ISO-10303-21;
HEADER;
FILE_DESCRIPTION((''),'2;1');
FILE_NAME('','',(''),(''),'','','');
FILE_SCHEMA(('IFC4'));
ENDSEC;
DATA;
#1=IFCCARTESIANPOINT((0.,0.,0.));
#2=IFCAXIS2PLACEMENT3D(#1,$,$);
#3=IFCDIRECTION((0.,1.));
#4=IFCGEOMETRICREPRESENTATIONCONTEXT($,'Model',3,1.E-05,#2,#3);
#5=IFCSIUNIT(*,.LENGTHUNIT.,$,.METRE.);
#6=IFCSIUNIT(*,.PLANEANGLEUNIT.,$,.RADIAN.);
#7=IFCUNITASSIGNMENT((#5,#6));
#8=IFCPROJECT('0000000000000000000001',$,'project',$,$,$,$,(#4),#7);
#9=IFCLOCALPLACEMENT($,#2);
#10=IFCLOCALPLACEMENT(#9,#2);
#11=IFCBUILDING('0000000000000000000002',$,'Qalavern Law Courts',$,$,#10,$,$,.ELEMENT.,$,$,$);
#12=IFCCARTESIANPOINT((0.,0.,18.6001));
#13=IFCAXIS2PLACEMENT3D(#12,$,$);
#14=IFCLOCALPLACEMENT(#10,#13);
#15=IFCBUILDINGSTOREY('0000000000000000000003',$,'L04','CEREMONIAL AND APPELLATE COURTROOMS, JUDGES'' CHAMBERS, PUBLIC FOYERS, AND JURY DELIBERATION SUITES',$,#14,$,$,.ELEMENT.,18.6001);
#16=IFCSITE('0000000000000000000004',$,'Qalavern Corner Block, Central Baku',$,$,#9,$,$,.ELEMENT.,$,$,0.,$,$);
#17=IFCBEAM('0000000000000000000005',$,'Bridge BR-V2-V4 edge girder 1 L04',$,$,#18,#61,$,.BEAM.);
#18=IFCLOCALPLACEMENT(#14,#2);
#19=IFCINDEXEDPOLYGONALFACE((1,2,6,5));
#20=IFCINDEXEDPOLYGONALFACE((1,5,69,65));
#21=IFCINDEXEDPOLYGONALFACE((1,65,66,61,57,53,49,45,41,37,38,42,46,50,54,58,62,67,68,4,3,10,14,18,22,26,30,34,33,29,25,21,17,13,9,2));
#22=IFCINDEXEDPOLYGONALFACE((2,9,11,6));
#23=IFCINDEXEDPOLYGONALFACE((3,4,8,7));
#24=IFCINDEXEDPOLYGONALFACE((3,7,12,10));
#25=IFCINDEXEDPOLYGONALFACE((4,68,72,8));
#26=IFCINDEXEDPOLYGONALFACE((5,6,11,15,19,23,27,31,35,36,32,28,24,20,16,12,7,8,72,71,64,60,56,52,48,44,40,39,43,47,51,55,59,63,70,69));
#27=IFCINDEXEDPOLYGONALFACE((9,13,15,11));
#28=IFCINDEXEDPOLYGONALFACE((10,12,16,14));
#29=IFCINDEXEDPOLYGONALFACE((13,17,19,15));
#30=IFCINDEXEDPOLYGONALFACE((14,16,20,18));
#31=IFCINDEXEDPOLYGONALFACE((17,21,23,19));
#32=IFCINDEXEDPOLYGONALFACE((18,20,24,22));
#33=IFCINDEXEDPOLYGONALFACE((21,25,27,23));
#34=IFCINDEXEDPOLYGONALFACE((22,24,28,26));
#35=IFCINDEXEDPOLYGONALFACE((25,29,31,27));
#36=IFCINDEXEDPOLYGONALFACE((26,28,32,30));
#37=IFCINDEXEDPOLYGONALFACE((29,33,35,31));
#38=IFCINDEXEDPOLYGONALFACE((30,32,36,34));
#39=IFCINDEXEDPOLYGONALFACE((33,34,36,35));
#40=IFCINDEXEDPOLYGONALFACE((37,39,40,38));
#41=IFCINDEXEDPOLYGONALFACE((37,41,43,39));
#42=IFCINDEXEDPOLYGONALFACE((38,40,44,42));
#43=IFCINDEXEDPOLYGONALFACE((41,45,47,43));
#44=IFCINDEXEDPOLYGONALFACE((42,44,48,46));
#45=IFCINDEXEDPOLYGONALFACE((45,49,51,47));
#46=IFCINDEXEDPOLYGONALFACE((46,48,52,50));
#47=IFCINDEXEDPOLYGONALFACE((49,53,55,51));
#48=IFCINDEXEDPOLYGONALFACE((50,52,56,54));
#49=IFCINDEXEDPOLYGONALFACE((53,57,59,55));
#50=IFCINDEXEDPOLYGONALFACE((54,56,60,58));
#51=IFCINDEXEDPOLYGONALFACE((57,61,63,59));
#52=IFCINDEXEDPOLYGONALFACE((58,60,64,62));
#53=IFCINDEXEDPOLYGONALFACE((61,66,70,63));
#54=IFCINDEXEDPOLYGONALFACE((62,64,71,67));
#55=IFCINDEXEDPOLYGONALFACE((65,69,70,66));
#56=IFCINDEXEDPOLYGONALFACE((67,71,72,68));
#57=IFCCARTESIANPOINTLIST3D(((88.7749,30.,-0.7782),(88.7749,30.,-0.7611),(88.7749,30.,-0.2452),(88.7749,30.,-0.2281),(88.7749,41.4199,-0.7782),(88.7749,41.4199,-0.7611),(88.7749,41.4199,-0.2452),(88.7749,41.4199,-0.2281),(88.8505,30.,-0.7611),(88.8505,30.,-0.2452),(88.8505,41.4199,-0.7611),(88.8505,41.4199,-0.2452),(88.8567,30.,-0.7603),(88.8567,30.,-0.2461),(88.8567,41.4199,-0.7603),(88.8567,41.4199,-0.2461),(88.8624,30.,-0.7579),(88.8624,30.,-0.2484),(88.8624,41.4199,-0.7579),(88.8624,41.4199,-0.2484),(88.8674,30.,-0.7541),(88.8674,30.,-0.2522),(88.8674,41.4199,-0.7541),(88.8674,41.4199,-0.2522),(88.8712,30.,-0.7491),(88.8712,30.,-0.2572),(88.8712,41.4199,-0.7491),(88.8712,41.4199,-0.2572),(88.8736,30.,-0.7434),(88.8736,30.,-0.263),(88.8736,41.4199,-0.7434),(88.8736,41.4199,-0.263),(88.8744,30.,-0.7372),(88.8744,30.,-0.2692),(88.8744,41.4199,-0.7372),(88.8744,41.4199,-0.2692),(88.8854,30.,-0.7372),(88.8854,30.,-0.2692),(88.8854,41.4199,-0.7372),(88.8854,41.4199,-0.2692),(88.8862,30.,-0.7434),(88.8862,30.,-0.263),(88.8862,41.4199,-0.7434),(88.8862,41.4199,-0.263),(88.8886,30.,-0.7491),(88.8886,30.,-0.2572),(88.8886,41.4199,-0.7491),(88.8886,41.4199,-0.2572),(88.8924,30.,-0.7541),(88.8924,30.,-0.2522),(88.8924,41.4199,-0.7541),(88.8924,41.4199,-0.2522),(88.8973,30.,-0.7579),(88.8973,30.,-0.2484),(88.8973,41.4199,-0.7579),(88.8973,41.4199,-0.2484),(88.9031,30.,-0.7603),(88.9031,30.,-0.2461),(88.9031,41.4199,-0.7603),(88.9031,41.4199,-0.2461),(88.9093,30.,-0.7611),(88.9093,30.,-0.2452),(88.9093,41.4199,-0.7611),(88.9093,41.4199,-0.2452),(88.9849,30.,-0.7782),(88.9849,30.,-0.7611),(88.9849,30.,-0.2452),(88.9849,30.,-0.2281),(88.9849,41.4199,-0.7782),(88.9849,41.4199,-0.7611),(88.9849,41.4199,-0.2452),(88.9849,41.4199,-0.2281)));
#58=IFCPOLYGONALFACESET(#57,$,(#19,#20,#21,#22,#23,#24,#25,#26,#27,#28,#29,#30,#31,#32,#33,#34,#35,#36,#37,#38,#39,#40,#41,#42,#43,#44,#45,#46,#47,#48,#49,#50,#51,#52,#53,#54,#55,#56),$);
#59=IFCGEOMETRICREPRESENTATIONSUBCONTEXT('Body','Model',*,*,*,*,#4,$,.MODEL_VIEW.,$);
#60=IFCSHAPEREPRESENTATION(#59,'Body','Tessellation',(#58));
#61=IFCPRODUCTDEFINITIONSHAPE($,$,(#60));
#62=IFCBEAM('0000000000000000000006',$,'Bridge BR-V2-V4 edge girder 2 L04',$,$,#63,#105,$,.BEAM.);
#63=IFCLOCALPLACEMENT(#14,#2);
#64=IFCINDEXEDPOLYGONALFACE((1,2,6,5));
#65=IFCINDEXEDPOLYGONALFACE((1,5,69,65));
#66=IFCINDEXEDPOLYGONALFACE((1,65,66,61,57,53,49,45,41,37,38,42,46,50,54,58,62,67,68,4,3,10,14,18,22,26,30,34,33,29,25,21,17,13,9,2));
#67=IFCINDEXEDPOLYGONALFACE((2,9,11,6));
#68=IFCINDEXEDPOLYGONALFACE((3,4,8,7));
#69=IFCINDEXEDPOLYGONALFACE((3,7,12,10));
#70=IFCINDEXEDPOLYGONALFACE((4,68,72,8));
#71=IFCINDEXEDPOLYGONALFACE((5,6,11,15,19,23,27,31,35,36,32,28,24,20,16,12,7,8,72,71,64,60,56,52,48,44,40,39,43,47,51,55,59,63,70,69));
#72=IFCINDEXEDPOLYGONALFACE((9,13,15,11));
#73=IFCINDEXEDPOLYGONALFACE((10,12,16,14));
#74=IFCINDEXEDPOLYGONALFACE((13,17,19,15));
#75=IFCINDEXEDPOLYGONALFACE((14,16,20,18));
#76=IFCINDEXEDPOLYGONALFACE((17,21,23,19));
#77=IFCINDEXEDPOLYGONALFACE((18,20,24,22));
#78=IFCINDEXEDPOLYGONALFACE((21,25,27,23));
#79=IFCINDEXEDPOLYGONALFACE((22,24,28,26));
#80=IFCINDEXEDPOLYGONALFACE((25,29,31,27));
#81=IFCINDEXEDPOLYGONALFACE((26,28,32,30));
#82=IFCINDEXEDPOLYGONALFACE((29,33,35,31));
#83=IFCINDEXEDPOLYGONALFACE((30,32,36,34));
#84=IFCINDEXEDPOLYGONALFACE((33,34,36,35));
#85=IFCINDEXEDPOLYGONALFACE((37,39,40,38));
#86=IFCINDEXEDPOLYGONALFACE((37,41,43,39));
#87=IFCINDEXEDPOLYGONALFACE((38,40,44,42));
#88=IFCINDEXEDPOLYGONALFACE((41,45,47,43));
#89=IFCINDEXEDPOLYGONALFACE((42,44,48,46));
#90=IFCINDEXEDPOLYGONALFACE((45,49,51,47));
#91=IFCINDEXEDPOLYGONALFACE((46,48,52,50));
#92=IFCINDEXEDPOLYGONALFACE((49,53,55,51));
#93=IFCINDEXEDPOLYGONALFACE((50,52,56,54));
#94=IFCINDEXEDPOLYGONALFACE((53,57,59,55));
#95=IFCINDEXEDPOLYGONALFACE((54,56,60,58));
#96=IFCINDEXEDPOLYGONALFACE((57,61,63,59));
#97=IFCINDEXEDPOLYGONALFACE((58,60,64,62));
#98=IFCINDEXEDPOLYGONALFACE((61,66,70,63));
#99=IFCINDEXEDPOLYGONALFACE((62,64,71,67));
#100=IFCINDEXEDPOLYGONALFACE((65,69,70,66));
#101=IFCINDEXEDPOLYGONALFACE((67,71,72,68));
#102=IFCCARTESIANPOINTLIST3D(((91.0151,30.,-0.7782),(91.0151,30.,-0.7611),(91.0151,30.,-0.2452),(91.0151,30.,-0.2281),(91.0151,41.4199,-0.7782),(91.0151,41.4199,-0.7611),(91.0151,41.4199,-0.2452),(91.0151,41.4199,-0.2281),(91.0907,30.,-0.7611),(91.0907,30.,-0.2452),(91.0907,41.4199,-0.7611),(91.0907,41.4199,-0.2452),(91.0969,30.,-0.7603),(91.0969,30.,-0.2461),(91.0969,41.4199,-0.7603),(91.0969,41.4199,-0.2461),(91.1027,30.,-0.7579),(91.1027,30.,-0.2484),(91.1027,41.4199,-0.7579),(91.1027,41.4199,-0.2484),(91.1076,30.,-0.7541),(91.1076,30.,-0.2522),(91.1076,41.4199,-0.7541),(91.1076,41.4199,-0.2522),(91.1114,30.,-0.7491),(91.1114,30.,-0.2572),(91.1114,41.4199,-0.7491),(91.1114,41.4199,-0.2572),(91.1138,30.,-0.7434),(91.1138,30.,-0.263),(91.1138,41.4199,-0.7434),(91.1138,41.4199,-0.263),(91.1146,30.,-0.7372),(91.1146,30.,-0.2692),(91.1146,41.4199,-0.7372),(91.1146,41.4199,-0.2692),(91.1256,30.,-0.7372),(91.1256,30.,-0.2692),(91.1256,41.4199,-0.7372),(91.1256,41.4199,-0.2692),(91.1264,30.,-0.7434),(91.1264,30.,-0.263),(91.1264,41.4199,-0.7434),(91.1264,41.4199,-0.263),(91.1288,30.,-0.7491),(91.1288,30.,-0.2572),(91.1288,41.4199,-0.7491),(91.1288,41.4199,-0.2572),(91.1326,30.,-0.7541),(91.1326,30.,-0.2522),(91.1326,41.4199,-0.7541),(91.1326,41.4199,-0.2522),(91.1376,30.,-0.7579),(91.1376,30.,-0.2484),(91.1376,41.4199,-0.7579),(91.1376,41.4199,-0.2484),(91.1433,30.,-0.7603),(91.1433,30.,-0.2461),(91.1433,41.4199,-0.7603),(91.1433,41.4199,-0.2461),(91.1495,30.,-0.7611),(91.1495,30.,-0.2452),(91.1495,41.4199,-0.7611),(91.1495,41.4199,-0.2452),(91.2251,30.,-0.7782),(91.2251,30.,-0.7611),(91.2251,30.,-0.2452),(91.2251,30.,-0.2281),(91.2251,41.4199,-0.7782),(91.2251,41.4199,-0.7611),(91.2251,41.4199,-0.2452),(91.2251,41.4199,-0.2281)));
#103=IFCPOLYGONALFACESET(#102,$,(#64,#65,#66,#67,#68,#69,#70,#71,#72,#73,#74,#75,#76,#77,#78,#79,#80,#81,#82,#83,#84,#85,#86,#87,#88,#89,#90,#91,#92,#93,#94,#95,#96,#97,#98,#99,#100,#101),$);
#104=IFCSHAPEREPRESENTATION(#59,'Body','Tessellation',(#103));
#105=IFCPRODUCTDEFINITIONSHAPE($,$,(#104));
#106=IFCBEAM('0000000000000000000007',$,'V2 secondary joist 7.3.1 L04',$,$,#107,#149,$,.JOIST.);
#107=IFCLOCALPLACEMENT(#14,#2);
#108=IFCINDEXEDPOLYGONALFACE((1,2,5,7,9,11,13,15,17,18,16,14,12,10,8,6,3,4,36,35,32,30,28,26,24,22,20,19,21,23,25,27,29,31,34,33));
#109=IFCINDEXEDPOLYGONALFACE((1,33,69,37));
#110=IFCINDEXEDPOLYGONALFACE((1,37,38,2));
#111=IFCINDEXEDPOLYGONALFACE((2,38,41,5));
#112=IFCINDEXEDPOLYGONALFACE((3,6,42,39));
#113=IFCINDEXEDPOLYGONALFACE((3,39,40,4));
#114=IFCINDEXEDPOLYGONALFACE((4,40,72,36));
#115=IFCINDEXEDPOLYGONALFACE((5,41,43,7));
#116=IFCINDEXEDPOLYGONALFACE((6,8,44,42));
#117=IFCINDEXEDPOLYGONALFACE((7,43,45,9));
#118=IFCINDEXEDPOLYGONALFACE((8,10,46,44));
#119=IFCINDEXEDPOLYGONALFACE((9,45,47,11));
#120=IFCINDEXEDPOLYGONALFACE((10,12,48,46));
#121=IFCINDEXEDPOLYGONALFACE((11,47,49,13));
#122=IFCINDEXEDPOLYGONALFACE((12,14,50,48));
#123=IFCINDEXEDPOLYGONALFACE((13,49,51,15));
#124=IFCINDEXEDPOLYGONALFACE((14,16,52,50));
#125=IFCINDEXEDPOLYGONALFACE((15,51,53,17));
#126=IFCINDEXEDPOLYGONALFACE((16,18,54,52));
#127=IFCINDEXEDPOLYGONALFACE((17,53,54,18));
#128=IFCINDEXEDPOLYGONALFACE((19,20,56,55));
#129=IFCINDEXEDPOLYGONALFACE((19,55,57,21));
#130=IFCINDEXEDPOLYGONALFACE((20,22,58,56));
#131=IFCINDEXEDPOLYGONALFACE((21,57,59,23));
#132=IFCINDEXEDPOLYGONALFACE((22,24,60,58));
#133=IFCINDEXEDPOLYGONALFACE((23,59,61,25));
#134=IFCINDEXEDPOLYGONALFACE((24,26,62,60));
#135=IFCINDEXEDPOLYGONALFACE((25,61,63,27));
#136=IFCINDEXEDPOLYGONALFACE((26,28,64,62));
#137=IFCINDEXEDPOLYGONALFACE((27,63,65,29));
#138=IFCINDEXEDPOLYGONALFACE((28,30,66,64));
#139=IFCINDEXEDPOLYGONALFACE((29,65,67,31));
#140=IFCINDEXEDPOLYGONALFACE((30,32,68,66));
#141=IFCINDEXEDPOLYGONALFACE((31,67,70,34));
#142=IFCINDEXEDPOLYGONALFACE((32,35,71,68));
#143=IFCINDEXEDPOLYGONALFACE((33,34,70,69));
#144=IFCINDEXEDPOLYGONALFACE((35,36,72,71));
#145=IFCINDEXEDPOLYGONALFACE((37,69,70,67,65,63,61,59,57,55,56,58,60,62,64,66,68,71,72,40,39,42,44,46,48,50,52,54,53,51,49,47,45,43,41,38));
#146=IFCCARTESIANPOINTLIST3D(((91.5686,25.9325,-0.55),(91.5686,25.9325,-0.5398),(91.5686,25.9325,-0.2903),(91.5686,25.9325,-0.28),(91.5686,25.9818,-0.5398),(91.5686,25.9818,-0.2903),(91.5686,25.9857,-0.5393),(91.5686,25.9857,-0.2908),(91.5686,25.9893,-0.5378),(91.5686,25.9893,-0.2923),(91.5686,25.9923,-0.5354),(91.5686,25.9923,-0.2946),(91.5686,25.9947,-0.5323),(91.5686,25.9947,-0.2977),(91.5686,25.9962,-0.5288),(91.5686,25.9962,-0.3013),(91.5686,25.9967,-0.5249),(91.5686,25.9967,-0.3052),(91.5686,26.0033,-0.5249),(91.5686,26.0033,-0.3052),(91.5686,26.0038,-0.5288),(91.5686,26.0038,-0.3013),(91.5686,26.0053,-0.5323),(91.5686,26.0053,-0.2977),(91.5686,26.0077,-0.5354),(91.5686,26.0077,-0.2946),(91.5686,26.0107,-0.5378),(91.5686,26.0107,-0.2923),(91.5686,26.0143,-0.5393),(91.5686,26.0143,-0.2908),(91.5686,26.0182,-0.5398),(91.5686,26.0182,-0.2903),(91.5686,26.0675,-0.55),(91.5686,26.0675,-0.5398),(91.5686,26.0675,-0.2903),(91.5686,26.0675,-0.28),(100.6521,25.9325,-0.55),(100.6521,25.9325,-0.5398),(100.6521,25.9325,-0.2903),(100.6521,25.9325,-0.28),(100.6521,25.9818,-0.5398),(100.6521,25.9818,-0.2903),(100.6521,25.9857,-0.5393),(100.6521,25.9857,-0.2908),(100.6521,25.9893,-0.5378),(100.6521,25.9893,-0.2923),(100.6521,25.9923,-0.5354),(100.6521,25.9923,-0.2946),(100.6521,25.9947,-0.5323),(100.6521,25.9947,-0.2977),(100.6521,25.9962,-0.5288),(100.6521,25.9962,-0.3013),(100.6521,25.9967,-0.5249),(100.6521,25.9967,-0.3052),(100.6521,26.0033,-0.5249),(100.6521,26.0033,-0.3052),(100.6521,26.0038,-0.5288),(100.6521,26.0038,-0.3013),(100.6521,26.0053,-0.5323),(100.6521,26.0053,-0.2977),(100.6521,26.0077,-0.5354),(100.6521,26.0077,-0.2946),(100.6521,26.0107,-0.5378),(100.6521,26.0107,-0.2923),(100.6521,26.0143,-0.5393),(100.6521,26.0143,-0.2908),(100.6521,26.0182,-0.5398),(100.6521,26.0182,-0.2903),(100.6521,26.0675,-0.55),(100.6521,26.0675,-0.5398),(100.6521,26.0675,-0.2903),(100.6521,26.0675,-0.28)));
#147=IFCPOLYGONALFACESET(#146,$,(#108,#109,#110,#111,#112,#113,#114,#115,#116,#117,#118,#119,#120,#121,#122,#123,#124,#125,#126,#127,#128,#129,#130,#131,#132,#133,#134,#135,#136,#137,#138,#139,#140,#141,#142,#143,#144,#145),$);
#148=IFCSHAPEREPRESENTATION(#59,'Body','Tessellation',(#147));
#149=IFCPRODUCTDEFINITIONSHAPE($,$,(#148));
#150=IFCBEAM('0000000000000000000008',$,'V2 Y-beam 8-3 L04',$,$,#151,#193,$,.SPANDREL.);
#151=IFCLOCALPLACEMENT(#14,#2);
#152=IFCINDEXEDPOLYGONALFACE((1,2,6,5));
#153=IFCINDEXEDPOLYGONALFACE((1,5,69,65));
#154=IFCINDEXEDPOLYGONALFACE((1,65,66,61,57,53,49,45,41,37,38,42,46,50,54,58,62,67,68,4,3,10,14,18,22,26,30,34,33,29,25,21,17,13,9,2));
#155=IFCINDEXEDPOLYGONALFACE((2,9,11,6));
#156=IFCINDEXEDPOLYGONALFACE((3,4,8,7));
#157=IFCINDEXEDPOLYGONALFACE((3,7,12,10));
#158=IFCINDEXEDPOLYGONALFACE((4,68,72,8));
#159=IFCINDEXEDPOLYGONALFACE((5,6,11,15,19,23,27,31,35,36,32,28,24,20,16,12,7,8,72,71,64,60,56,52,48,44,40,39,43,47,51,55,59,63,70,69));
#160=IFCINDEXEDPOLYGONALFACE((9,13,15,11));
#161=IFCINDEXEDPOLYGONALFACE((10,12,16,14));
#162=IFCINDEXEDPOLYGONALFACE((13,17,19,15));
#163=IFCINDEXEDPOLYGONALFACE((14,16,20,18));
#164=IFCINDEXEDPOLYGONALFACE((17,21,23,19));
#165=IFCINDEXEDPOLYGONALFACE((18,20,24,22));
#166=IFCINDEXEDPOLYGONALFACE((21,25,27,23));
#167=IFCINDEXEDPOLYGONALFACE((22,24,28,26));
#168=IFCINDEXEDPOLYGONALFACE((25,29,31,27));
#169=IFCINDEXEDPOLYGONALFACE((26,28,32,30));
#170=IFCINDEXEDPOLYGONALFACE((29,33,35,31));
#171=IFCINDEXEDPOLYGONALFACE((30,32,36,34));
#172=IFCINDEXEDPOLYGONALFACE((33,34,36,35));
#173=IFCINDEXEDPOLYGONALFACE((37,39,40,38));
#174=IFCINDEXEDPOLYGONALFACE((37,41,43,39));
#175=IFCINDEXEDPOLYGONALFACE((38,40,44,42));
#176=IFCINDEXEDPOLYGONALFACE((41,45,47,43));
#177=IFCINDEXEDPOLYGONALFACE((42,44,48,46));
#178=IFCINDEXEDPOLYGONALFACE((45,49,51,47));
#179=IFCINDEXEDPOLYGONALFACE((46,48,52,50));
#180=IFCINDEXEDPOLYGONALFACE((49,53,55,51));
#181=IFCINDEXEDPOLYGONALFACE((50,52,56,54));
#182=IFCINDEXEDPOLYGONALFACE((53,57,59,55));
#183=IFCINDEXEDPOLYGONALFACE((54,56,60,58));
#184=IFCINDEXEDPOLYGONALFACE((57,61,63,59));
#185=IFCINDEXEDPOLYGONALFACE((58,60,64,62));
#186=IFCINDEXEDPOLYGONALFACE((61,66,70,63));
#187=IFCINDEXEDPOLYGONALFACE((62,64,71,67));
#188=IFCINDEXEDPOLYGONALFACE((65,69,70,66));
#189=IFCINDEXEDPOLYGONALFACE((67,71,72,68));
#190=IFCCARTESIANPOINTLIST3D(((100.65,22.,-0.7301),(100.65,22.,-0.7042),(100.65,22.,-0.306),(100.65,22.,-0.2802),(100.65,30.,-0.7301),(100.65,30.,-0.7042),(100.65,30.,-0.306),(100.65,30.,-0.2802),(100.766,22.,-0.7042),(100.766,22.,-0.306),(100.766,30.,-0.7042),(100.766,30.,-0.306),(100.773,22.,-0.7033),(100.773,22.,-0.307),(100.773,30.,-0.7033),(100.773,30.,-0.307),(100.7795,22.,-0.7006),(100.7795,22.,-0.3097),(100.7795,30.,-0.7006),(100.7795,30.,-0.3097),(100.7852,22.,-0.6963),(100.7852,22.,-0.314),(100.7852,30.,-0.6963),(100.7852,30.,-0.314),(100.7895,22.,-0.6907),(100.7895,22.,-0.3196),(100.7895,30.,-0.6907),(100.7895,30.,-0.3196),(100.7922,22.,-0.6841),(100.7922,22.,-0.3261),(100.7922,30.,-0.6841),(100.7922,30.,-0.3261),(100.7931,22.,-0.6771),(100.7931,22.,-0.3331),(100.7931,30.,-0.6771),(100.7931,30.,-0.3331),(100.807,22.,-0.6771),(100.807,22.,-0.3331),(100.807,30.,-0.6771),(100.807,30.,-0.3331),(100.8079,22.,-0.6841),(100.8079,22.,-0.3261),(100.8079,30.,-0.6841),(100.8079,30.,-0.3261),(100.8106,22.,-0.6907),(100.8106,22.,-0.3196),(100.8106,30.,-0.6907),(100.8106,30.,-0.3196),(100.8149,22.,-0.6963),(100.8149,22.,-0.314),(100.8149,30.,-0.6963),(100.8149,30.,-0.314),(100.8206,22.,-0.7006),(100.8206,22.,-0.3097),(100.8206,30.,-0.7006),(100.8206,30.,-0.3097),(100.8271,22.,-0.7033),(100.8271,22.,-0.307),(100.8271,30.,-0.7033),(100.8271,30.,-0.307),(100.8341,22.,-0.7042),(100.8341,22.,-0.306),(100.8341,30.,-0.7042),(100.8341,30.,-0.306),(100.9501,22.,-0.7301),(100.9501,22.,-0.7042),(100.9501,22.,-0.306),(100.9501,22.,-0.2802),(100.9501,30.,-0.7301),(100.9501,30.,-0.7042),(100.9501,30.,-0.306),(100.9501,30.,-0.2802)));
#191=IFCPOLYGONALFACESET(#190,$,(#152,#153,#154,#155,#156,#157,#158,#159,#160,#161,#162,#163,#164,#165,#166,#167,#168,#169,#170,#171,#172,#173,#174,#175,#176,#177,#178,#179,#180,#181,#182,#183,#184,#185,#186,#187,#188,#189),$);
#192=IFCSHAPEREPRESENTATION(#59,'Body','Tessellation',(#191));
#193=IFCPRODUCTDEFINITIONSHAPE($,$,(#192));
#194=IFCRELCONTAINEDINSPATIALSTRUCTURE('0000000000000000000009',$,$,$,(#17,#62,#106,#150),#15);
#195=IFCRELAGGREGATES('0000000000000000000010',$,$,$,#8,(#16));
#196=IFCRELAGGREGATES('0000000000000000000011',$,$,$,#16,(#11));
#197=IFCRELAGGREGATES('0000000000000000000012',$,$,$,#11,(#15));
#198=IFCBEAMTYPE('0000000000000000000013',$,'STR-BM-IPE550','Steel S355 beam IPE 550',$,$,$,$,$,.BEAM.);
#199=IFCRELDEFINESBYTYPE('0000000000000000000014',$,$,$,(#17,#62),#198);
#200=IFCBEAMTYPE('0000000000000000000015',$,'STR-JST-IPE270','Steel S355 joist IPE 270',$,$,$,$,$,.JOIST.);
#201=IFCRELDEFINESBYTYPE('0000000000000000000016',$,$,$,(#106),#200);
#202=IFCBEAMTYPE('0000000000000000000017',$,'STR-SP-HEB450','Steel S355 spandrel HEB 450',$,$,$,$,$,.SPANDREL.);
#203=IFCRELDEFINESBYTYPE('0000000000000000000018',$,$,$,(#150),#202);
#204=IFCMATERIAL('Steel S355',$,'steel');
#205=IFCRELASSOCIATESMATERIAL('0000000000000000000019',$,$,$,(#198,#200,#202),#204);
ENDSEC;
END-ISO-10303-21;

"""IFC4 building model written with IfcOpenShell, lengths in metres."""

from ifc_helpers import new_model, si_unit, direction, frame, origin, origin_2d, place, context, subcontext, project, spatial, i_section, extrude, material, material_profile, profile_set, type_object, element, save


model = new_model("IFC4")

# Units and contexts
model_context = context("Model", 3, precision=1e-05, world=origin(), true_north=direction((0.0, 1.0)))
body_context = subcontext(model_context, "Body", "Model", "MODEL_VIEW")
ifc_project = project(units=[si_unit("LENGTHUNIT", "METRE"), si_unit("PLANEANGLEUNIT", "RADIAN")], contexts=[model_context])

# Site, building, storey
site_placement = place(None, origin())
site = spatial("IfcSite", under=ifc_project, at=site_placement, Name="Qalavern Corner Block, Central Baku", CompositionType="ELEMENT", RefElevation=0.0)
building_placement = place(site_placement, origin())
building = spatial("IfcBuilding", under=site, at=building_placement, Name="Qalavern Law Courts", CompositionType="ELEMENT")
storey_placement = place(building_placement, frame((0.0, 0.0, 18.6001)))
storey = spatial("IfcBuildingStorey", under=building, at=storey_placement, Name="L04", Description="CEREMONIAL AND APPELLATE COURTROOMS, JUDGES' CHAMBERS, PUBLIC FOYERS, AND JURY DELIBERATION SUITES", CompositionType="ELEMENT", Elevation=18.6001)

# Beams
ifc_material_1 = material(Name="Steel S355", Category="steel")
ifc_material_profile_1 = material_profile(ifc_material_1, i_section(OverallWidth=0.21, OverallDepth=0.55, WebThickness=0.011, FlangeThickness=0.0171, FilletRadius=0.0239, at=origin_2d()), Name="IPE 550")
ifc_profile_set_1 = profile_set([ifc_material_profile_1], Name="Steel S355")
beam_type_1 = type_object("IfcBeamType", Name="STR-BM-IPE550", Description="Steel S355 beam IPE 550", PredefinedType="BEAM", material=ifc_profile_set_1)
for number, where, z_axis, x_axis, name in (
    (1, (88.8799, 30.0, -0.5032), (0.0, 1.0, 0.0), (-1.0, 0.0, 0.0), "Bridge BR-V2-V4 edge girder 1 L04"),
    (2, (91.1201, 30.0, -0.5032), (0.0, 1.0, 0.0), (-1.0, 0.0, 0.0), "Bridge BR-V2-V4 edge girder 2 L04"),
):
    element("IfcBeam", number, at=place(storey_placement, frame(where, z_axis=z_axis, x_axis=x_axis)), inside=storey, type_object=beam_type_1, Name=name, PredefinedType="BEAM", context=body_context, shape_type="SweptSolid", body=[
        extrude(i_section(OverallWidth=0.21, OverallDepth=0.55, WebThickness=0.011, FlangeThickness=0.0171, FilletRadius=0.0239, at=origin_2d()), origin(), (0.0, 0.0, 1.0), 11.4199),
    ])
ifc_material_profile_2 = material_profile(ifc_material_1, i_section(OverallWidth=0.135, OverallDepth=0.27, WebThickness=0.0066, FlangeThickness=0.0103, FilletRadius=0.0149, at=origin_2d()), Name="IPE 270")
ifc_profile_set_2 = profile_set([ifc_material_profile_2], Name="Steel S355")
beam_type_2 = type_object("IfcBeamType", Name="STR-JST-IPE270", Description="Steel S355 joist IPE 270", PredefinedType="JOIST", material=ifc_profile_set_2)
beam_1_placement = place(storey_placement, frame((91.5686, 26.0, -0.415), z_axis=(1.0, 0.0, 0.0), x_axis=(0.0, 1.0, 0.0)))
element("IfcBeam", 3, at=beam_1_placement, inside=storey, type_object=beam_type_2, Name="V2 secondary joist 7.3.1 L04", PredefinedType="JOIST", context=body_context, shape_type="SweptSolid", body=[
    extrude(i_section(OverallWidth=0.135, OverallDepth=0.27, WebThickness=0.0066, FlangeThickness=0.0103, FilletRadius=0.0149, at=origin_2d()), origin(), (0.0, 0.0, 1.0), 9.0835),
])
ifc_material_profile_3 = material_profile(ifc_material_1, i_section(OverallWidth=0.3, OverallDepth=0.45, WebThickness=0.0139, FlangeThickness=0.0259, FilletRadius=0.0271, at=origin_2d()), Name="HEB 450")
ifc_profile_set_3 = profile_set([ifc_material_profile_3], Name="Steel S355")
beam_type_3 = type_object("IfcBeamType", Name="STR-SP-HEB450", Description="Steel S355 spandrel HEB 450", PredefinedType="SPANDREL", material=ifc_profile_set_3)
beam_2_placement = place(storey_placement, frame((100.8, 22.0, -0.5051), z_axis=(0.0, 1.0, 0.0), x_axis=(-1.0, 0.0, 0.0)))
element("IfcBeam", 4, at=beam_2_placement, inside=storey, type_object=beam_type_3, Name="V2 Y-beam 8-3 L04", PredefinedType="SPANDREL", context=body_context, shape_type="SweptSolid", body=[
    extrude(i_section(OverallWidth=0.3, OverallDepth=0.45, WebThickness=0.0139, FlangeThickness=0.0259, FilletRadius=0.0271, at=origin_2d()), origin(), (0.0, 0.0, 1.0), 8.0),
])

save(model, "model.ifc")
